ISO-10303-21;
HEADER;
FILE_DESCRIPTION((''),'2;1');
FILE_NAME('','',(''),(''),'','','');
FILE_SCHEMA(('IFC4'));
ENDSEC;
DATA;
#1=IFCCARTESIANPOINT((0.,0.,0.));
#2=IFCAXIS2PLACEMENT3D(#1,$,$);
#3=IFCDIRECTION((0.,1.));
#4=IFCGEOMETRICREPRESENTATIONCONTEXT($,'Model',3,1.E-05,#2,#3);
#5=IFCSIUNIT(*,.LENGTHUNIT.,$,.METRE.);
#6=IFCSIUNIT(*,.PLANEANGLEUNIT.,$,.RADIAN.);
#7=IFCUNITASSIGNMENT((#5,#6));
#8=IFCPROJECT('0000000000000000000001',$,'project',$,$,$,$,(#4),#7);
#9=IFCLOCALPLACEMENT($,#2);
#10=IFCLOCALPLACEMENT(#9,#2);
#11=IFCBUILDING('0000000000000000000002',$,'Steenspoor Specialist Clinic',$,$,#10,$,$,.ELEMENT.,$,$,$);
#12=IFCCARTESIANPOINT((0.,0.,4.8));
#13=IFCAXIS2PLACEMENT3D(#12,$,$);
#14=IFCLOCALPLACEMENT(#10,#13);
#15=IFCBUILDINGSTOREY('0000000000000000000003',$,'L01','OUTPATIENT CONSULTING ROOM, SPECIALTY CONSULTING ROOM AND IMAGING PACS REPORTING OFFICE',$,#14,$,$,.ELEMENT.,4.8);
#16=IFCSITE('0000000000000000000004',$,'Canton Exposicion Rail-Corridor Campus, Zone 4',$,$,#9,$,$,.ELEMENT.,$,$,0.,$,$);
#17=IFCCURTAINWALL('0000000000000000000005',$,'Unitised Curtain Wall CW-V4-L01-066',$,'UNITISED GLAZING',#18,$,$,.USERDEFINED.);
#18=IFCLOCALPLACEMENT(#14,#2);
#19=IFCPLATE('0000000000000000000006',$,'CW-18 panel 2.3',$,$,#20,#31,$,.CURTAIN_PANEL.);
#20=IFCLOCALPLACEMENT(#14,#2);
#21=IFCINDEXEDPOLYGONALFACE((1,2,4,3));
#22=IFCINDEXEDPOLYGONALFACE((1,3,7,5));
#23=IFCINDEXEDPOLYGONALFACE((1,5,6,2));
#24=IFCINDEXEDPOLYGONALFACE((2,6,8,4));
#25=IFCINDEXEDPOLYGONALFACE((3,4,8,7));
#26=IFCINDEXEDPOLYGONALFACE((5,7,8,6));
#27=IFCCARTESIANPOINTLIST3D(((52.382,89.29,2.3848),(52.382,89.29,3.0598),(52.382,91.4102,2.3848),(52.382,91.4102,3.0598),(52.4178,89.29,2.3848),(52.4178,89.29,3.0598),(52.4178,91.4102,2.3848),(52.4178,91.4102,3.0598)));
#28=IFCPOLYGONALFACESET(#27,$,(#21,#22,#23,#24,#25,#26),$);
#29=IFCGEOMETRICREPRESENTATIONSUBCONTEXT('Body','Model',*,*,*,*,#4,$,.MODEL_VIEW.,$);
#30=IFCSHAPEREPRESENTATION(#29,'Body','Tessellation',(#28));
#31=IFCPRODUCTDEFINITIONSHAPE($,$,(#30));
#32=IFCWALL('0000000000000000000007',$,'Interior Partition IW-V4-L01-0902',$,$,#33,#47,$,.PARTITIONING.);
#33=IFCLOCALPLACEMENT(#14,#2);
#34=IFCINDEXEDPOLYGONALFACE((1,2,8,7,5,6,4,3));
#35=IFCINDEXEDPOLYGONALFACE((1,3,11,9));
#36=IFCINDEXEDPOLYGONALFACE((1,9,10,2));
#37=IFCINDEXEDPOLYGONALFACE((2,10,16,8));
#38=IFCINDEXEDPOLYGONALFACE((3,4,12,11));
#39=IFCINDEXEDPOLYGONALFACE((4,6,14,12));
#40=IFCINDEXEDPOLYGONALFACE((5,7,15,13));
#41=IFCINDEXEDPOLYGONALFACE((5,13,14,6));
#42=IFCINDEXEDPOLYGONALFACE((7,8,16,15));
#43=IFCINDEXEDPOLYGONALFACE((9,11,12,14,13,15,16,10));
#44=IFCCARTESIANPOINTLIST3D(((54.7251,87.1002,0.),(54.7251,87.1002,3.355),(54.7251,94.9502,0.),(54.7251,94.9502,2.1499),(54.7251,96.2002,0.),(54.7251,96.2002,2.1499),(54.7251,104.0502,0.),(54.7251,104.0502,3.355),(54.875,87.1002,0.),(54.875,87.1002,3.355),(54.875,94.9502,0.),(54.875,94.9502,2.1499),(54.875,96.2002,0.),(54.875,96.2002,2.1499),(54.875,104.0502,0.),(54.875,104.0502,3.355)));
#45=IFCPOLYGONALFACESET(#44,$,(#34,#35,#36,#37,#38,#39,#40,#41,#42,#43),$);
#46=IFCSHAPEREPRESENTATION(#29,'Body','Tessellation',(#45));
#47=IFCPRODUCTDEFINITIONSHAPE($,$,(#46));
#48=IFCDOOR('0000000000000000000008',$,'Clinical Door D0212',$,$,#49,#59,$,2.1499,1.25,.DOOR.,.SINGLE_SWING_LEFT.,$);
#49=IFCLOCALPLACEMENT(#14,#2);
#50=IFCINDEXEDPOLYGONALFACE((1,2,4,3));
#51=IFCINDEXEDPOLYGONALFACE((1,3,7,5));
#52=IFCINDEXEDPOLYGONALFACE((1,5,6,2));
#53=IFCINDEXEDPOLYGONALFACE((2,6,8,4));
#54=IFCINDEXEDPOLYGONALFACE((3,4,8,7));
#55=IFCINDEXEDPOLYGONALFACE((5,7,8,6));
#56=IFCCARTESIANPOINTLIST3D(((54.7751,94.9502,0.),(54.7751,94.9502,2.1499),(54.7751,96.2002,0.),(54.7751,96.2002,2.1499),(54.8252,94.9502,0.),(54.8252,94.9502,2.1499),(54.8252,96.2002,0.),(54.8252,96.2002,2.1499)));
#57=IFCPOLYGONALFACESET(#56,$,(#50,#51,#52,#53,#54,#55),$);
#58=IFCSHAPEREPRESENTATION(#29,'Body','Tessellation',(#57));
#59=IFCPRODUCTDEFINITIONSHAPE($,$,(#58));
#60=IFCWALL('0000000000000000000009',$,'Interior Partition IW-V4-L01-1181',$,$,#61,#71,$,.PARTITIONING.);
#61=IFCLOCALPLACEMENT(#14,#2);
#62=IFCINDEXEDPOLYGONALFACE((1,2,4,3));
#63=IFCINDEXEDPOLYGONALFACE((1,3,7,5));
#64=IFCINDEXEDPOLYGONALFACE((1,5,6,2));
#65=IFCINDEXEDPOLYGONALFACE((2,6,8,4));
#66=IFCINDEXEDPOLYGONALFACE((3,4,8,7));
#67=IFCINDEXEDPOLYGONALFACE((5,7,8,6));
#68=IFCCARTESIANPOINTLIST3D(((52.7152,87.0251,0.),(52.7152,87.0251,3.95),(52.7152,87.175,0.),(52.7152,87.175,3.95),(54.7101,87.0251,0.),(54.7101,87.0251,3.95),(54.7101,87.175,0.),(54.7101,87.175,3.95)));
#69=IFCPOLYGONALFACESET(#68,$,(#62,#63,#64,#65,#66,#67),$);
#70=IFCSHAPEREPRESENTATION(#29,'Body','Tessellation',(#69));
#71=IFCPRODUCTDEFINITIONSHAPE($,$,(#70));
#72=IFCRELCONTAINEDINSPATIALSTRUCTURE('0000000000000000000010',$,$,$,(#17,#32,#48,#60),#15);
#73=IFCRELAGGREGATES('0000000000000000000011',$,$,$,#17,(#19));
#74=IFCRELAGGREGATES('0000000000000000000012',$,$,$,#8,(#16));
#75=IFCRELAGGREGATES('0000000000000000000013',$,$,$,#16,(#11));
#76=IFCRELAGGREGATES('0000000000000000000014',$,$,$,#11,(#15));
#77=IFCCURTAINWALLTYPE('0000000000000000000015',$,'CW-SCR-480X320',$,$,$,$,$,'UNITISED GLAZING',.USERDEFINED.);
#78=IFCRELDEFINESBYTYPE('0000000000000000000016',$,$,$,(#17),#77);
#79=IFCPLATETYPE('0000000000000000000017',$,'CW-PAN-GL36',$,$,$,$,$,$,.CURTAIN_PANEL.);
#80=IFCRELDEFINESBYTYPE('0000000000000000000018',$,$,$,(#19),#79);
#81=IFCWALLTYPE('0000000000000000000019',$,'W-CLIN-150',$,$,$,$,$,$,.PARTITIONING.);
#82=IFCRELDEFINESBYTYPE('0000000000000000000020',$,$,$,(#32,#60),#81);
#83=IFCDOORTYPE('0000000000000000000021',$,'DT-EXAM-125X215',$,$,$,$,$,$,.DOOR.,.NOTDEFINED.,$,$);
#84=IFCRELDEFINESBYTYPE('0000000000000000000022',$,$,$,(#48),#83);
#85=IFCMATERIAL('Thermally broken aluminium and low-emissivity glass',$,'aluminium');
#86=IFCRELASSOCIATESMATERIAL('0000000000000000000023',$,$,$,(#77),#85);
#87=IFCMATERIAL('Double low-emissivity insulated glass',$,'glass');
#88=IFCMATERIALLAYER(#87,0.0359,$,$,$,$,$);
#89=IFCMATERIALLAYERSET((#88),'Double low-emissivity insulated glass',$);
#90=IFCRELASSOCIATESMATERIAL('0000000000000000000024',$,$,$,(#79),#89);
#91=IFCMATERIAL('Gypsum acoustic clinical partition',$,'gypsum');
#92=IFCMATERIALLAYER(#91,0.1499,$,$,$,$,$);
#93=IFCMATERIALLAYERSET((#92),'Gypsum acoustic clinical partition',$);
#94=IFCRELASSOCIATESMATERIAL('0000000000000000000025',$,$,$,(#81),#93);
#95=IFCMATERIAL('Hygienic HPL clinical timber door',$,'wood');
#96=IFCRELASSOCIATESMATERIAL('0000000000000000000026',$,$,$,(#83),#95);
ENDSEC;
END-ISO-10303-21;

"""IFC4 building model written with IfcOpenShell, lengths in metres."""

from ifc_helpers import new_model, si_unit, direction, frame, frame_2d, origin, origin_2d, place, context, subcontext, project, spatial, rectangle, extrude, material, layer, layer_set, type_object, element, fill, aggregate, save


model = new_model("IFC4")

# Units and contexts
model_context = context("Model", 3, precision=1e-05, world=origin(), true_north=direction((0.0, 1.0)))
body_context = subcontext(model_context, "Body", "Model", "MODEL_VIEW")
ifc_project = project(units=[si_unit("LENGTHUNIT", "METRE"), si_unit("PLANEANGLEUNIT", "RADIAN")], contexts=[model_context])

# Site, building, storey
site_placement = place(None, origin())
site = spatial("IfcSite", under=ifc_project, at=site_placement, Name="Canton Exposicion Rail-Corridor Campus, Zone 4", CompositionType="ELEMENT", RefElevation=0.0)
building_placement = place(site_placement, origin())
building = spatial("IfcBuilding", under=site, at=building_placement, Name="Steenspoor Specialist Clinic", CompositionType="ELEMENT")
storey_placement = place(building_placement, frame((0.0, 0.0, 4.8)))
storey = spatial("IfcBuildingStorey", under=building, at=storey_placement, Name="L01", Description="OUTPATIENT CONSULTING ROOM, SPECIALTY CONSULTING ROOM AND IMAGING PACS REPORTING OFFICE", CompositionType="ELEMENT", Elevation=4.8)

# Curtain wall
ifc_material_1 = material(Name="Thermally broken aluminium and low-emissivity glass", Category="aluminium")
curtain_wall_type_1 = type_object("IfcCurtainWallType", Name="CW-SCR-480X320", ElementType="UNITISED GLAZING", PredefinedType="USERDEFINED", material=ifc_material_1)
curtain_wall_1_placement = place(storey_placement, origin())
curtain_wall_1 = element("IfcCurtainWall", 1, at=curtain_wall_1_placement, inside=storey, type_object=curtain_wall_type_1, Name="Unitised Curtain Wall CW-V4-L01-066", ObjectType="UNITISED GLAZING", PredefinedType="USERDEFINED")

# Plate
ifc_material_2 = material(Name="Double low-emissivity insulated glass", Category="glass")
ifc_layer_1 = layer(ifc_material_2, 0.0359)
ifc_layer_set_1 = layer_set([ifc_layer_1], Name="Double low-emissivity insulated glass")
plate_type = type_object("IfcPlateType", Name="CW-PAN-GL36", PredefinedType="CURTAIN_PANEL", material=ifc_layer_set_1)
plate_1_placement = place(storey_placement, frame((52.3999, 90.3501, 2.3848), z_axis=(0.0, 0.0, 1.0), x_axis=(0.0, 1.0, 0.0)))
plate_1 = element("IfcPlate", 2, at=plate_1_placement, type_object=plate_type, Name="CW-18 panel 2.3", PredefinedType="CURTAIN_PANEL", context=body_context, shape_type="SweptSolid", body=[
    extrude(rectangle(XDim=2.1201, YDim=0.0359, at=origin_2d()), origin(), (0.0, 0.0, 1.0), 0.675),
])
aggregate(curtain_wall_1, [plate_1])

# Wall, opening, door
ifc_material_3 = material(Name="Gypsum acoustic clinical partition", Category="gypsum")
ifc_layer_2 = layer(ifc_material_3, 0.1499)
ifc_layer_set_2 = layer_set([ifc_layer_2], Name="Gypsum acoustic clinical partition")
wall_type = type_object("IfcWallType", Name="W-CLIN-150", PredefinedType="PARTITIONING", material=ifc_layer_set_2)
wall_1_placement = place(storey_placement, frame((54.8, 87.1001, 0.0), z_axis=(0.0, 0.0, 1.0), x_axis=(0.0, 1.0, 0.0)))
wall_1 = element("IfcWall", 3, at=wall_1_placement, inside=storey, type_object=wall_type, Name="Interior Partition IW-V4-L01-0902", PredefinedType="PARTITIONING", context=body_context, shape_type="SweptSolid", body=[
    extrude(rectangle(XDim=16.95, YDim=0.1499, at=frame_2d((8.4751, 0.0))), origin(), (0.0, 0.0, 1.0), 3.355),
])
opening_placement = place(wall_1_placement, frame((7.8501, 0.0, 0.0)))
opening = element("IfcOpeningElement", 4, at=opening_placement, cuts=wall_1, PredefinedType="OPENING", context=body_context, shape_type="SweptSolid", body=[
    extrude(rectangle(XDim=1.25, YDim=2.1499, at=frame_2d((0.625, 1.075))), frame((0.0, 0.085, 0.0), z_axis=(0.0, -1.0, 0.0), x_axis=(1.0, 0.0, 0.0)), (0.0, 0.0, 1.0), 0.1699),
])
ifc_material_4 = material(Name="Hygienic HPL clinical timber door", Category="wood")
door_type = type_object("IfcDoorType", Name="DT-EXAM-125X215", OperationType="NOTDEFINED", PredefinedType="DOOR", material=ifc_material_4)
door_placement = place(opening_placement, origin())
door = element("IfcDoor", 5, at=door_placement, inside=storey, type_object=door_type, Name="Clinical Door D0212", OperationType="SINGLE_SWING_LEFT", OverallHeight=2.1499, OverallWidth=1.25, PredefinedType="DOOR", context=body_context, shape_type="SweptSolid", body=[
    extrude(rectangle(XDim=1.25, YDim=2.1499, at=frame_2d((0.625, 1.075))), frame((0.0, 0.0249, 0.0), z_axis=(0.0, -1.0, 0.0), x_axis=(1.0, 0.0, 0.0)), (0.0, 0.0, 1.0), 0.05),
])
fill(opening, door)

# Wall
wall_2_placement = place(storey_placement, frame((52.7151, 87.1001, 0.0), z_axis=(0.0, 0.0, 1.0), x_axis=(1.0, 0.0, 0.0)))
element("IfcWall", 6, at=wall_2_placement, inside=storey, type_object=wall_type, Name="Interior Partition IW-V4-L01-1181", PredefinedType="PARTITIONING", context=body_context, shape_type="SweptSolid", body=[
    extrude(rectangle(XDim=1.9949, YDim=0.1499, at=frame_2d((0.9976, 0.0))), origin(), (0.0, 0.0, 1.0), 3.95),
])

save(model, "model.ifc")
